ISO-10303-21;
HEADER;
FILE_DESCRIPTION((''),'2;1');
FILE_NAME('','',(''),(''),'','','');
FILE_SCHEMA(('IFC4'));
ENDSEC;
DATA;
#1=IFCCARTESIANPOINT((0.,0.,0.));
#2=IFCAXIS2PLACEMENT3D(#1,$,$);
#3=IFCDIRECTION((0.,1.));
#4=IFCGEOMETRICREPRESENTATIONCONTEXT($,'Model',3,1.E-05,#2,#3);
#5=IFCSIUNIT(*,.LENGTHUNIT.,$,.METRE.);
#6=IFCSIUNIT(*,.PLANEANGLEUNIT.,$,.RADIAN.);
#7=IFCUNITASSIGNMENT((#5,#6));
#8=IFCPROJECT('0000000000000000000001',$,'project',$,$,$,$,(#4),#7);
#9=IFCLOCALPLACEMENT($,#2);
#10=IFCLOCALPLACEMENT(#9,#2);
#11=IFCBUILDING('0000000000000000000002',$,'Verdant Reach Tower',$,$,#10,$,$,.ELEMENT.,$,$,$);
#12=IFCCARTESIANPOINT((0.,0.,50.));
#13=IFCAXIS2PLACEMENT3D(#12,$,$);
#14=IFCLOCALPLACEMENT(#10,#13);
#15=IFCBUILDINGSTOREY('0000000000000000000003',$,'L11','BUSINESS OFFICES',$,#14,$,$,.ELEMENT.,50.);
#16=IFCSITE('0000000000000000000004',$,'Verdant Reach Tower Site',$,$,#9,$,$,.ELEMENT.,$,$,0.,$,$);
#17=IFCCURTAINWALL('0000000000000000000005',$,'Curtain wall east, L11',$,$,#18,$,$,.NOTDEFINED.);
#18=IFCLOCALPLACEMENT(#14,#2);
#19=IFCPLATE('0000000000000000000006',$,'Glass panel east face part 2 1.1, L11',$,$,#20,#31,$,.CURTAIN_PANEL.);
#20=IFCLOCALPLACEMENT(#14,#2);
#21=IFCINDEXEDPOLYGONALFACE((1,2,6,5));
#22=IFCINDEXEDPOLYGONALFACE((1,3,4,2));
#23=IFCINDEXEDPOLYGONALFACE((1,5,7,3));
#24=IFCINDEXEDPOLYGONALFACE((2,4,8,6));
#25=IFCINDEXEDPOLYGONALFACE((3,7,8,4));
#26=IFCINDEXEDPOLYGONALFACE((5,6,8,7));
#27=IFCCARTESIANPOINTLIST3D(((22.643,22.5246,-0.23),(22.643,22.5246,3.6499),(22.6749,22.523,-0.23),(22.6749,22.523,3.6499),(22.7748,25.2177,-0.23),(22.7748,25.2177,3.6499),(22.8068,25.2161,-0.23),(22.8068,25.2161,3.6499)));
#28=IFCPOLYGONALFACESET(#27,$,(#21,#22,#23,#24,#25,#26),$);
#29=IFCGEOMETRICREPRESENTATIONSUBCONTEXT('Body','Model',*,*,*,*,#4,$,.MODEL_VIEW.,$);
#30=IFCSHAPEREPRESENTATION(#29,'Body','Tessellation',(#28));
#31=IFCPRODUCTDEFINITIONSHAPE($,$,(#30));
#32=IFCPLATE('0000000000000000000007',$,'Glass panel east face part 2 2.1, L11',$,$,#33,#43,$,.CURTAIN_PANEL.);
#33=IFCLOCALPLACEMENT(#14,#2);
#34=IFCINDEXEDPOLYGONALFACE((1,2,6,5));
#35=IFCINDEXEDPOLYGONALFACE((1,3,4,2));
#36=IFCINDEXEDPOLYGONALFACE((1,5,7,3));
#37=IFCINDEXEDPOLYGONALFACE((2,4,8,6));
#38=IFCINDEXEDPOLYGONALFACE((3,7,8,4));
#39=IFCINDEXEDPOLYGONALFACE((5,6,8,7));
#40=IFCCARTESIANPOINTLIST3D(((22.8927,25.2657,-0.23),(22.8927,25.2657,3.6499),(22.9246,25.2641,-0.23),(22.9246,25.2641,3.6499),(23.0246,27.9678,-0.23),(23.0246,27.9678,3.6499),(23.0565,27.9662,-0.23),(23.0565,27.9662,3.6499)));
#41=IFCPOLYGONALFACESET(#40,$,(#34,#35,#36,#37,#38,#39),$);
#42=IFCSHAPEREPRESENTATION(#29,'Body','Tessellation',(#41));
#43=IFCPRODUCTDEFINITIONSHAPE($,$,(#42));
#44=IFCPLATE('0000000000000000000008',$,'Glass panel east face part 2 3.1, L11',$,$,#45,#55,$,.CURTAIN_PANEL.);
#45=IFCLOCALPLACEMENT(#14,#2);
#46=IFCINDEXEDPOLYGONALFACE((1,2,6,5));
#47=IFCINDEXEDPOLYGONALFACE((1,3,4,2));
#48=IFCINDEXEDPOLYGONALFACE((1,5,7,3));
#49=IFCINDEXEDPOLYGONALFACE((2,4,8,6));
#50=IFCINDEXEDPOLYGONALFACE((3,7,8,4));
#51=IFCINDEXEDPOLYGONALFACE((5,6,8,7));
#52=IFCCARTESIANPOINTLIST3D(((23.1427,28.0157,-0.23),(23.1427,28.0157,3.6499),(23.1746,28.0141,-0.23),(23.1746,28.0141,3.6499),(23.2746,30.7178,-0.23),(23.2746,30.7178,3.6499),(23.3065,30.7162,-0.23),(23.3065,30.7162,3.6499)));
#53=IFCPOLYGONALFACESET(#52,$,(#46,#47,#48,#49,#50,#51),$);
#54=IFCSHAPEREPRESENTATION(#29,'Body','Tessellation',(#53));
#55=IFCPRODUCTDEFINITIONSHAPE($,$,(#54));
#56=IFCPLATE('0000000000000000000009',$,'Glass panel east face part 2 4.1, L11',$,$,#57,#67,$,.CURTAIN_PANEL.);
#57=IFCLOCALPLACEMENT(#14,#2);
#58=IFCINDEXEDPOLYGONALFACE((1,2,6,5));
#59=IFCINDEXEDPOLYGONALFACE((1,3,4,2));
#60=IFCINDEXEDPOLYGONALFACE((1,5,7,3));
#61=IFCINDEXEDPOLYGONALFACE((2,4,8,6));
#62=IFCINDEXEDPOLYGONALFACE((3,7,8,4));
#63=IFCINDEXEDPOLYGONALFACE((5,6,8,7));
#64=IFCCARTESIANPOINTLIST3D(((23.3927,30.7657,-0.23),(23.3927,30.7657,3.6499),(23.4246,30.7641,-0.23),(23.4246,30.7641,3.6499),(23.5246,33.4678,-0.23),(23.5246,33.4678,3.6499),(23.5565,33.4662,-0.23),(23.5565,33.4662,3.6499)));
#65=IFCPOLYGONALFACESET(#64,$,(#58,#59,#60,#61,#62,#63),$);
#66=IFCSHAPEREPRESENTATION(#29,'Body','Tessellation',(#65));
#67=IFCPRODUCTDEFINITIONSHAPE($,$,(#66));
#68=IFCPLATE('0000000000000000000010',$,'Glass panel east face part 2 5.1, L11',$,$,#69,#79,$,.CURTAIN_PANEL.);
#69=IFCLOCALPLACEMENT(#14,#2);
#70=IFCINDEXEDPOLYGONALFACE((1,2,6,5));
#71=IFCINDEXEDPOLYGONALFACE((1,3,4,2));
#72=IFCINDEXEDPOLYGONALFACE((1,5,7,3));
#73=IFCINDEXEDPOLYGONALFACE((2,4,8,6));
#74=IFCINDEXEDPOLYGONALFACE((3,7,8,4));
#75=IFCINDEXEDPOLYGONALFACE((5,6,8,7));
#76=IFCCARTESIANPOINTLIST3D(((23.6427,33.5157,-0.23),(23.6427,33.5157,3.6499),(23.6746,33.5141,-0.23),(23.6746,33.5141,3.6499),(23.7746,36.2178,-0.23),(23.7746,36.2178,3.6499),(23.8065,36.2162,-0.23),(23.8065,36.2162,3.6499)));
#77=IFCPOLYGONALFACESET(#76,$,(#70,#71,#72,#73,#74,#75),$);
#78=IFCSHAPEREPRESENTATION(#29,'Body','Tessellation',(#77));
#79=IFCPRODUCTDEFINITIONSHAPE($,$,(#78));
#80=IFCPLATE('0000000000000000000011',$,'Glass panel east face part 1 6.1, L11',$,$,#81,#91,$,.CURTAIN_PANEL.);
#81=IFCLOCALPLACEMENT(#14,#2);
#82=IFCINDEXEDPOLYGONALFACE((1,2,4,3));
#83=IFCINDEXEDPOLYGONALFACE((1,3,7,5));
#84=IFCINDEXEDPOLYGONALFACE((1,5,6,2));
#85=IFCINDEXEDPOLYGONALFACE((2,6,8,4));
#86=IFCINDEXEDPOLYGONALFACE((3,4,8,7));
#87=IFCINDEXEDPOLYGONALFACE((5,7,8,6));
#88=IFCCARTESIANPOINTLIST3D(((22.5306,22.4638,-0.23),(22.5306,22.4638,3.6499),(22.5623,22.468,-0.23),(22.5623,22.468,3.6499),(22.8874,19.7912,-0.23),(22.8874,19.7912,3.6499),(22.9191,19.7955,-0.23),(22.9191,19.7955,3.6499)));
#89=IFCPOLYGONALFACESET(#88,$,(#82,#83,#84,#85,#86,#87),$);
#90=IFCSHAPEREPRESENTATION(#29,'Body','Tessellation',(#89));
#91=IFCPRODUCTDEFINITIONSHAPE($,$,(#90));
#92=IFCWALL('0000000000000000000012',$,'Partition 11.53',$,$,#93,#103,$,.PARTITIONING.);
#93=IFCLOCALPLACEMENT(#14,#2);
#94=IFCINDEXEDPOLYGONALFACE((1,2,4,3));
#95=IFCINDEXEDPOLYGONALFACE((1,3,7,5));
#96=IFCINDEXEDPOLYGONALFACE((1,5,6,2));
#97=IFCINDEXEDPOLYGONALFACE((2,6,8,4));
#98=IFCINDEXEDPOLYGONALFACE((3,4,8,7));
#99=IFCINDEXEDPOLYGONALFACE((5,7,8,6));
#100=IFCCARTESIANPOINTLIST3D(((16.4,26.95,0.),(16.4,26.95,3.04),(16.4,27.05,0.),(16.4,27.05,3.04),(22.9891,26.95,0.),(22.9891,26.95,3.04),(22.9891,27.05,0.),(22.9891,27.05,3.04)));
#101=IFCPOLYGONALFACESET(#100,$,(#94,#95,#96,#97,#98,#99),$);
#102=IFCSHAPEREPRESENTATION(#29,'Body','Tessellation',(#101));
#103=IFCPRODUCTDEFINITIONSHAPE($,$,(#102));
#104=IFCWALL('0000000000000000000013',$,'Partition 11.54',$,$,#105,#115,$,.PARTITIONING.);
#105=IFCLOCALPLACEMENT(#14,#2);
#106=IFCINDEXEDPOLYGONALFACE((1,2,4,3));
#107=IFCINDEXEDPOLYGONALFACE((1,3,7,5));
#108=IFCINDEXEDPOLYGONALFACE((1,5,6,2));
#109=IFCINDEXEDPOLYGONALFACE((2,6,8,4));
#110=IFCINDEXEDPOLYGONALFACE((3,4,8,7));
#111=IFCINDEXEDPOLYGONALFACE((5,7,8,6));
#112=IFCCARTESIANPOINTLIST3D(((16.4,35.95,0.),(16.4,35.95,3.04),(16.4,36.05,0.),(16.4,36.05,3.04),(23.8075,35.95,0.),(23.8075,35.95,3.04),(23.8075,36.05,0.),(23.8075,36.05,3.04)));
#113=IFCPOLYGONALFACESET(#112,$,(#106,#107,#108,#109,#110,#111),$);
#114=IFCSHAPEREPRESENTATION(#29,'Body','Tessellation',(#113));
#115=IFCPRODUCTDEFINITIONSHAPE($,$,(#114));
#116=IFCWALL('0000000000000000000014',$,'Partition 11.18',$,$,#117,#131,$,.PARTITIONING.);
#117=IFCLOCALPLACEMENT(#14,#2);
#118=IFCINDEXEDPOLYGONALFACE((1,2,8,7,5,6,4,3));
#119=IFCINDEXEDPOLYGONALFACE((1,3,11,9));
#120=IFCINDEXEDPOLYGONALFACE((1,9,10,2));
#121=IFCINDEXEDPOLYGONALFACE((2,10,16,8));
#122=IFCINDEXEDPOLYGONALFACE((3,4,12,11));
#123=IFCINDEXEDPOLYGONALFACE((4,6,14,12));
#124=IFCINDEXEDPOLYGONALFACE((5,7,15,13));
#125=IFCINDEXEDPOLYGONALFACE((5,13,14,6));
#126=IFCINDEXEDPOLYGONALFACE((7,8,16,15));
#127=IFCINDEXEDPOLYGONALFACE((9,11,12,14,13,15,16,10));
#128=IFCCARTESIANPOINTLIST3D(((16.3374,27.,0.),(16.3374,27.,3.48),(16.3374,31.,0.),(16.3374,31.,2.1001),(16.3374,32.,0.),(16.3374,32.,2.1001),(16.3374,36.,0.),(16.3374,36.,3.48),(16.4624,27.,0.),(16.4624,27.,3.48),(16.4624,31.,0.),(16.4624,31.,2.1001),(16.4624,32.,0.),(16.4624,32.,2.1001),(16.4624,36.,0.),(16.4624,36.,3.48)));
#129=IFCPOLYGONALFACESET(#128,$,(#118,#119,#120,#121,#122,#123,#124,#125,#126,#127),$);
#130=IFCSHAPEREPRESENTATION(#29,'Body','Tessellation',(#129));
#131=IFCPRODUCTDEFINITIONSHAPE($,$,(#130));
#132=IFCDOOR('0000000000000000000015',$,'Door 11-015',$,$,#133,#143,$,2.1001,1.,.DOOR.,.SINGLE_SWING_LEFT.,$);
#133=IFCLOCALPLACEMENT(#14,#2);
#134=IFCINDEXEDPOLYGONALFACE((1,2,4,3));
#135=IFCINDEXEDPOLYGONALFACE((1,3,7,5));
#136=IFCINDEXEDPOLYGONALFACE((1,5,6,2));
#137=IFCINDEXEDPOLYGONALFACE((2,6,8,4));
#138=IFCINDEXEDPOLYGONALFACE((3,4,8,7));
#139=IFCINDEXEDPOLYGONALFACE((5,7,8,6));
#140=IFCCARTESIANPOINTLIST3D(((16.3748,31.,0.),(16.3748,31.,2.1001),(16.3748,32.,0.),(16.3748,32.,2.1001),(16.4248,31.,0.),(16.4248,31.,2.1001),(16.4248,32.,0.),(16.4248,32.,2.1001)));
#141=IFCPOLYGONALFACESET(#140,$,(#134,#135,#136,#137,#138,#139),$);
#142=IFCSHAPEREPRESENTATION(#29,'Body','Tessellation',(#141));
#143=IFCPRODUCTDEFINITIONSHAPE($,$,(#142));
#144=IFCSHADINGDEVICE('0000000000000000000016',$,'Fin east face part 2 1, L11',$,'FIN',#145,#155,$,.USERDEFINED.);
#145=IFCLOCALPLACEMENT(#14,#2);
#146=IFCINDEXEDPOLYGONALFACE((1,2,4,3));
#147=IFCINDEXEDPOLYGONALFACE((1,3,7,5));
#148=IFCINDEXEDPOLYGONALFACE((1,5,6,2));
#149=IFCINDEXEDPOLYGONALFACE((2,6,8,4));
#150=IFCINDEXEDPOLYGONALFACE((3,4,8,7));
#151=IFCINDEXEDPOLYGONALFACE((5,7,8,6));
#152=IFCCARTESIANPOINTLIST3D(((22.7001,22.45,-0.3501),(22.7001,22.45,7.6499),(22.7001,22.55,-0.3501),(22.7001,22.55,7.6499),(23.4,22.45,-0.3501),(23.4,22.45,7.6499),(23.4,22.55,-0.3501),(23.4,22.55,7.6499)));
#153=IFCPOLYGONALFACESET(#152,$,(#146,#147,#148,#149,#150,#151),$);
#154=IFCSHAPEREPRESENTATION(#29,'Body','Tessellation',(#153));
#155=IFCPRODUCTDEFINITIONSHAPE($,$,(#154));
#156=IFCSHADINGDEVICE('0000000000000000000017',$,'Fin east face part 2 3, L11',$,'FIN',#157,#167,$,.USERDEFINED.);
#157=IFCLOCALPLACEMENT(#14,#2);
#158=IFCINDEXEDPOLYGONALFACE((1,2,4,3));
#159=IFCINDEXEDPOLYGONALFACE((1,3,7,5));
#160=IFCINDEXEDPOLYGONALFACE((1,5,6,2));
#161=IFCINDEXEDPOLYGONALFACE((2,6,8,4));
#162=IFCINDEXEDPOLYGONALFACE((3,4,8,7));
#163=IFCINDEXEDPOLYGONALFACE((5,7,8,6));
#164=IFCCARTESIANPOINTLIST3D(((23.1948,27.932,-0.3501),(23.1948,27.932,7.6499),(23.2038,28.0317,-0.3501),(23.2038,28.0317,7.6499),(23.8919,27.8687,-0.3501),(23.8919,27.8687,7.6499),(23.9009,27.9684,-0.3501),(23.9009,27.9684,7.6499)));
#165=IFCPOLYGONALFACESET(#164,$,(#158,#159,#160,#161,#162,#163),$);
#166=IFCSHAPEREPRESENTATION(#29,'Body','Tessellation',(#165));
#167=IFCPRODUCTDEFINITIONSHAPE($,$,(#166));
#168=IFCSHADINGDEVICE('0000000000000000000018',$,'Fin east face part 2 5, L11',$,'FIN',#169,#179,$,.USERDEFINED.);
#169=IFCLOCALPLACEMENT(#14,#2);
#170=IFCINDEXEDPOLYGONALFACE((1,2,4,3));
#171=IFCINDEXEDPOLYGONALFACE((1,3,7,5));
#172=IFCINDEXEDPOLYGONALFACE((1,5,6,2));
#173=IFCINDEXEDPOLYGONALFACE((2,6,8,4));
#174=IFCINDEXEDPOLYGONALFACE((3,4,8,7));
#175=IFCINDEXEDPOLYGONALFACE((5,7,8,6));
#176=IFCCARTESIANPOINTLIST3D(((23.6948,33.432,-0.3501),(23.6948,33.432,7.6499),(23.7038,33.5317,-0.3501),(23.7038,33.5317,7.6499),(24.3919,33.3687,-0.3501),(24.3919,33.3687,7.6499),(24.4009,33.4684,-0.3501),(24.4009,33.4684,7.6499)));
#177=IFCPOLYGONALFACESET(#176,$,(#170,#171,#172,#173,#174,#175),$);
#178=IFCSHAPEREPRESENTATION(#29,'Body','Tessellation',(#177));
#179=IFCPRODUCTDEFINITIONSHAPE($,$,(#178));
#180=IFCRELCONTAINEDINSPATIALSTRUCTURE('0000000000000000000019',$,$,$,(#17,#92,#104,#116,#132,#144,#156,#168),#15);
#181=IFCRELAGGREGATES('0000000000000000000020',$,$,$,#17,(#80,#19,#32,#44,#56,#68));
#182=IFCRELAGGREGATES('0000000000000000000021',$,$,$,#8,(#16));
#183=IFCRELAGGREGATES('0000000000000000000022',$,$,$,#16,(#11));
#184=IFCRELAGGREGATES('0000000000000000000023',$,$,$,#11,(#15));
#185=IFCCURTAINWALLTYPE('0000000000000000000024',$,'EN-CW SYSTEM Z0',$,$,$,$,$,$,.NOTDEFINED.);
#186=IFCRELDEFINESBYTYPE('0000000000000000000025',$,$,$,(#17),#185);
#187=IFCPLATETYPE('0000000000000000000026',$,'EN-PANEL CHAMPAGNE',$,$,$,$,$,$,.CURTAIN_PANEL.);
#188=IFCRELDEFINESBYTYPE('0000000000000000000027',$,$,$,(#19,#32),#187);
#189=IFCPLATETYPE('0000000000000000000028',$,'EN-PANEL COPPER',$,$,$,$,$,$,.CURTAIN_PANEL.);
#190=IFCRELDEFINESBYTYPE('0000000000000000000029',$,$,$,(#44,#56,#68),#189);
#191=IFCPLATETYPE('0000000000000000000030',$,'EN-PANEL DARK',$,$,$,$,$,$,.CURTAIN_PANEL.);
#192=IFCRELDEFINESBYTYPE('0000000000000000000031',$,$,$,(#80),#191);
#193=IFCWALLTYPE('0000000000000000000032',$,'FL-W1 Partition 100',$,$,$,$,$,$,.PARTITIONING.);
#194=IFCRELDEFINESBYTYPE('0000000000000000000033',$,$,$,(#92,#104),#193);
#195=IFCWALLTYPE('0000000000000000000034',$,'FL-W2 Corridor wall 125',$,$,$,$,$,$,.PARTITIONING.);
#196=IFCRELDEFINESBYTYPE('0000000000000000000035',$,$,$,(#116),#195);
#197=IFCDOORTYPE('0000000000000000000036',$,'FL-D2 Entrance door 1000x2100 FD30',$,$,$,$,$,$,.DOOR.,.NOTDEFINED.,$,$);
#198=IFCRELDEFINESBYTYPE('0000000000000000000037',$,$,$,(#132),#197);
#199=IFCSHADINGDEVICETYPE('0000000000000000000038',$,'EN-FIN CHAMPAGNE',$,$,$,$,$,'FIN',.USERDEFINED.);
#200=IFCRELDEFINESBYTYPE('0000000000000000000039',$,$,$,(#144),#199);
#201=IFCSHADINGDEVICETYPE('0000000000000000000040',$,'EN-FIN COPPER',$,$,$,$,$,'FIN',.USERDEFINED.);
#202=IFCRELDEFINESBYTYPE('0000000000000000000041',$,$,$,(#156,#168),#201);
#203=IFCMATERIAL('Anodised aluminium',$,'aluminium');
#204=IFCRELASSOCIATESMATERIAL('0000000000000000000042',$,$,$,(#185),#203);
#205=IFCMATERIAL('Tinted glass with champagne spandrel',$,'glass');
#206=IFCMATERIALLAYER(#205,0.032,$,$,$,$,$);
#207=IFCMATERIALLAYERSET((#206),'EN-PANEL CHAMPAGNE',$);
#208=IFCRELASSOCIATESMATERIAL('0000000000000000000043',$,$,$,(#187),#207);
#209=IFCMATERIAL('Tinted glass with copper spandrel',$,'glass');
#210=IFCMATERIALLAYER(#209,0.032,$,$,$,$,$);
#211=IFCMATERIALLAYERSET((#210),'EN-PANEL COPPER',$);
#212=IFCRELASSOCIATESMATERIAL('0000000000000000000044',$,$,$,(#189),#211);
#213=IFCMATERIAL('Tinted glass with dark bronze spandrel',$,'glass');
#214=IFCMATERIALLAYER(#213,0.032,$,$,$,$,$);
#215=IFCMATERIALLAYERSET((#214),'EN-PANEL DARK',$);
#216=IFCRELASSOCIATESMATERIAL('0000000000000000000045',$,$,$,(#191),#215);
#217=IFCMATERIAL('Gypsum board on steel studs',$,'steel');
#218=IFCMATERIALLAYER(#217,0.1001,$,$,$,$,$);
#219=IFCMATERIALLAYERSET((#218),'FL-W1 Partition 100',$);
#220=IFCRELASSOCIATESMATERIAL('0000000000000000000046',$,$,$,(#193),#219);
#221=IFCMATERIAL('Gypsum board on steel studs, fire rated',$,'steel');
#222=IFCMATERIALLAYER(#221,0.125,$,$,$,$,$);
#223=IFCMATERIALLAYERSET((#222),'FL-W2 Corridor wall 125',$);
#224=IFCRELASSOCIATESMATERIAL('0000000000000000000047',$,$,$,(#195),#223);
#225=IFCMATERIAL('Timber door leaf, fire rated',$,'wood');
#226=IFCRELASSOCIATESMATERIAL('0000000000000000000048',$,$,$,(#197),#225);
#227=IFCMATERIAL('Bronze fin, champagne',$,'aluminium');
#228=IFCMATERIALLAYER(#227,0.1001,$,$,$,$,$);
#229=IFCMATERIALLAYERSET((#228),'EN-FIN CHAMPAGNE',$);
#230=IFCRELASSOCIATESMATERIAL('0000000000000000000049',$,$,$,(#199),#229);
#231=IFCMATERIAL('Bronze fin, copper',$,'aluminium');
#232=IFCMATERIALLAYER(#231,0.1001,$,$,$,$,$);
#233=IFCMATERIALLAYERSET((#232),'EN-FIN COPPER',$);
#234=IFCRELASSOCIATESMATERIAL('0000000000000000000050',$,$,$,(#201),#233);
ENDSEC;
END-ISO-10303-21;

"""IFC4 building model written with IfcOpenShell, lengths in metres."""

from ifc_helpers import new_model, si_unit, direction, frame, frame_2d, origin, origin_2d, place, context, subcontext, project, spatial, rectangle, extrude, material, layer, layer_set, type_object, element, fill, aggregate, save


model = new_model("IFC4")

# Units and contexts
model_context = context("Model", 3, precision=1e-05, world=origin(), true_north=direction((0.0, 1.0)))
body_context = subcontext(model_context, "Body", "Model", "MODEL_VIEW")
ifc_project = project(units=[si_unit("LENGTHUNIT", "METRE"), si_unit("PLANEANGLEUNIT", "RADIAN")], contexts=[model_context])

# Site, building, storey
site_placement = place(None, origin())
site = spatial("IfcSite", under=ifc_project, at=site_placement, Name="Verdant Reach Tower Site", CompositionType="ELEMENT", RefElevation=0.0)
building_placement = place(site_placement, origin())
building = spatial("IfcBuilding", under=site, at=building_placement, Name="Verdant Reach Tower", CompositionType="ELEMENT")
storey_placement = place(building_placement, frame((0.0, 0.0, 50.0)))
storey = spatial("IfcBuildingStorey", under=building, at=storey_placement, Name="L11", Description="BUSINESS OFFICES", CompositionType="ELEMENT", Elevation=50.0)

# Curtain wall
ifc_material_1 = material(Name="Anodised aluminium", Category="aluminium")
curtain_wall_type = type_object("IfcCurtainWallType", Name="EN-CW SYSTEM Z0", PredefinedType="NOTDEFINED", material=ifc_material_1)
curtain_wall_placement = place(storey_placement, origin())
curtain_wall = element("IfcCurtainWall", 1, at=curtain_wall_placement, inside=storey, type_object=curtain_wall_type, Name="Curtain wall east, L11", PredefinedType="NOTDEFINED")

# Plates
ifc_material_2 = material(Name="Tinted glass with champagne spandrel", Category="glass")
ifc_layer_1 = layer(ifc_material_2, 0.032)
ifc_layer_set_1 = layer_set([ifc_layer_1], Name="EN-PANEL CHAMPAGNE")
plate_type_1 = type_object("IfcPlateType", Name="EN-PANEL CHAMPAGNE", PredefinedType="CURTAIN_PANEL", material=ifc_layer_set_1)
plate_1_placement = place(storey_placement, frame((22.7249, 23.8704, -0.23), z_axis=(0.0, 0.0, 1.0), x_axis=(0.048902, 0.998804, 0.0)))
plate_1 = element("IfcPlate", 2, at=plate_1_placement, type_object=plate_type_1, Name="Glass panel east face part 2 1.1, L11", PredefinedType="CURTAIN_PANEL", context=body_context, shape_type="SweptSolid", body=[
    extrude(rectangle(XDim=2.6963, YDim=0.032, at=origin_2d()), origin(), (0.0, 0.0, 1.0), 3.8799),
])
plate_2_placement = place(storey_placement, frame((22.9746, 26.616, -0.23), z_axis=(0.0, 0.0, 1.0), x_axis=(0.048753, 0.998811, 0.0)))
plate_2 = element("IfcPlate", 3, at=plate_2_placement, type_object=plate_type_1, Name="Glass panel east face part 2 2.1, L11", PredefinedType="CURTAIN_PANEL", context=body_context, shape_type="SweptSolid", body=[
    extrude(rectangle(XDim=2.7053, YDim=0.032, at=origin_2d()), origin(), (0.0, 0.0, 1.0), 3.8799),
])
ifc_material_3 = material(Name="Tinted glass with copper spandrel", Category="glass")
ifc_layer_2 = layer(ifc_material_3, 0.032)
ifc_layer_set_2 = layer_set([ifc_layer_2], Name="EN-PANEL COPPER")
plate_type_2 = type_object("IfcPlateType", Name="EN-PANEL COPPER", PredefinedType="CURTAIN_PANEL", material=ifc_layer_set_2)
plate_3_placement = place(storey_placement, frame((23.2246, 29.366, -0.23), z_axis=(0.0, 0.0, 1.0), x_axis=(0.048753, 0.998811, 0.0)))
plate_3 = element("IfcPlate", 4, at=plate_3_placement, type_object=plate_type_2, Name="Glass panel east face part 2 3.1, L11", PredefinedType="CURTAIN_PANEL", context=body_context, shape_type="SweptSolid", body=[
    extrude(rectangle(XDim=2.7053, YDim=0.032, at=origin_2d()), origin(), (0.0, 0.0, 1.0), 3.8799),
])
plate_4_placement = place(storey_placement, frame((23.4746, 32.116, -0.23), z_axis=(0.0, 0.0, 1.0), x_axis=(0.048753, 0.998811, 0.0)))
plate_4 = element("IfcPlate", 5, at=plate_4_placement, type_object=plate_type_2, Name="Glass panel east face part 2 4.1, L11", PredefinedType="CURTAIN_PANEL", context=body_context, shape_type="SweptSolid", body=[
    extrude(rectangle(XDim=2.7053, YDim=0.032, at=origin_2d()), origin(), (0.0, 0.0, 1.0), 3.8799),
])
plate_5_placement = place(storey_placement, frame((23.7246, 34.866, -0.23), z_axis=(0.0, 0.0, 1.0), x_axis=(0.048753, 0.998811, 0.0)))
plate_5 = element("IfcPlate", 6, at=plate_5_placement, type_object=plate_type_2, Name="Glass panel east face part 2 5.1, L11", PredefinedType="CURTAIN_PANEL", context=body_context, shape_type="SweptSolid", body=[
    extrude(rectangle(XDim=2.7053, YDim=0.032, at=origin_2d()), origin(), (0.0, 0.0, 1.0), 3.8799),
])
ifc_material_4 = material(Name="Tinted glass with dark bronze spandrel", Category="glass")
ifc_layer_3 = layer(ifc_material_4, 0.032)
ifc_layer_set_3 = layer_set([ifc_layer_3], Name="EN-PANEL DARK")
plate_type_3 = type_object("IfcPlateType", Name="EN-PANEL DARK", PredefinedType="CURTAIN_PANEL", material=ifc_layer_set_3)
plate_6_placement = place(storey_placement, frame((22.7249, 21.1296, -0.23), z_axis=(0.0, 0.0, 1.0), x_axis=(-0.132308, 0.991209, 0.0)))
plate_6 = element("IfcPlate", 7, at=plate_6_placement, type_object=plate_type_3, Name="Glass panel east face part 1 6.1, L11", PredefinedType="CURTAIN_PANEL", context=body_context, shape_type="SweptSolid", body=[
    extrude(rectangle(XDim=2.6963, YDim=0.032, at=origin_2d()), origin(), (0.0, 0.0, 1.0), 3.8799),
])
aggregate(curtain_wall, [plate_6, plate_1, plate_2, plate_3, plate_4, plate_5])

# Walls
ifc_material_5 = material(Name="Gypsum board on steel studs", Category="steel")
ifc_layer_4 = layer(ifc_material_5, 0.1001)
ifc_layer_set_4 = layer_set([ifc_layer_4], Name="FL-W1 Partition 100")
wall_type_1 = type_object("IfcWallType", Name="FL-W1 Partition 100", PredefinedType="PARTITIONING", material=ifc_layer_set_4)
wall_1_placement = place(storey_placement, frame((22.989, 27.0, 0.0), z_axis=(0.0, 0.0, 1.0), x_axis=(-1.0, 0.0, 0.0)))
element("IfcWall", 8, at=wall_1_placement, inside=storey, type_object=wall_type_1, Name="Partition 11.53", PredefinedType="PARTITIONING", context=body_context, shape_type="SweptSolid", body=[
    extrude(rectangle(XDim=6.5891, YDim=0.1001, at=frame_2d((3.2944, 0.0))), origin(), (0.0, 0.0, 1.0), 3.04),
])
wall_2_placement = place(storey_placement, frame((23.8074, 36.0, 0.0), z_axis=(0.0, 0.0, 1.0), x_axis=(-1.0, 0.0, 0.0)))
element("IfcWall", 9, at=wall_2_placement, inside=storey, type_object=wall_type_1, Name="Partition 11.54", PredefinedType="PARTITIONING", context=body_context, shape_type="SweptSolid", body=[
    extrude(rectangle(XDim=7.4075, YDim=0.1001, at=frame_2d((3.7036, 0.0))), origin(), (0.0, 0.0, 1.0), 3.04),
])

# Wall, opening, door
ifc_material_6 = material(Name="Gypsum board on steel studs, fire rated", Category="steel")
ifc_layer_5 = layer(ifc_material_6, 0.125)
ifc_layer_set_5 = layer_set([ifc_layer_5], Name="FL-W2 Corridor wall 125")
wall_type_2 = type_object("IfcWallType", Name="FL-W2 Corridor wall 125", PredefinedType="PARTITIONING", material=ifc_layer_set_5)
wall_3_placement = place(storey_placement, frame((16.3999, 36.0, 0.0), z_axis=(0.0, 0.0, 1.0), x_axis=(0.0, -1.0, 0.0)))
wall_3 = element("IfcWall", 10, at=wall_3_placement, inside=storey, type_object=wall_type_2, Name="Partition 11.18", PredefinedType="PARTITIONING", context=body_context, shape_type="SweptSolid", body=[
    extrude(rectangle(XDim=9.0, YDim=0.125, at=frame_2d((4.5, 0.0))), origin(), (0.0, 0.0, 1.0), 3.48),
])
opening_placement = place(wall_3_placement, frame((4.0, 0.0, 0.0)))
opening = element("IfcOpeningElement", 11, at=opening_placement, cuts=wall_3, PredefinedType="OPENING", context=body_context, shape_type="SweptSolid", body=[
    extrude(rectangle(XDim=1.0, YDim=2.1001, at=frame_2d((0.5, 1.05))), frame((0.0, 0.0725, 0.0), z_axis=(0.0, -1.0, 0.0), x_axis=(1.0, 0.0, 0.0)), (0.0, 0.0, 1.0), 0.145),
])
ifc_material_7 = material(Name="Timber door leaf, fire rated", Category="wood")
door_type = type_object("IfcDoorType", Name="FL-D2 Entrance door 1000x2100 FD30", OperationType="NOTDEFINED", PredefinedType="DOOR", material=ifc_material_7)
door_placement = place(opening_placement, origin())
door = element("IfcDoor", 12, at=door_placement, inside=storey, type_object=door_type, Name="Door 11-015", OperationType="SINGLE_SWING_LEFT", OverallHeight=2.1001, OverallWidth=1.0, PredefinedType="DOOR", context=body_context, shape_type="SweptSolid", body=[
    extrude(rectangle(XDim=1.0, YDim=2.1001, at=frame_2d((0.5, 1.05))), frame((0.0, 0.0249, 0.0), z_axis=(0.0, -1.0, 0.0), x_axis=(1.0, 0.0, 0.0)), (0.0, 0.0, 1.0), 0.05),
])
fill(opening, door)

# Shading devices
ifc_material_8 = material(Name="Bronze fin, champagne", Category="aluminium")
ifc_layer_6 = layer(ifc_material_8, 0.1001)
ifc_layer_set_6 = layer_set([ifc_layer_6], Name="EN-FIN CHAMPAGNE")
shading_device_type_1 = type_object("IfcShadingDeviceType", Name="EN-FIN CHAMPAGNE", ElementType="FIN", PredefinedType="USERDEFINED", material=ifc_layer_set_6)
shading_device_placement = place(storey_placement, frame((23.05, 22.5, -0.3501), z_axis=(0.0, 0.0, 1.0), x_axis=(0.0, 1.0, 0.0)))
element("IfcShadingDevice", 13, at=shading_device_placement, inside=storey, type_object=shading_device_type_1, Name="Fin east face part 2 1, L11", ObjectType="FIN", PredefinedType="USERDEFINED", context=body_context, shape_type="SweptSolid", body=[
    extrude(rectangle(XDim=0.1001, YDim=0.7, at=origin_2d()), origin(), (0.0, 0.0, 1.0), 8.0),
])
ifc_material_9 = material(Name="Bronze fin, copper", Category="aluminium")
ifc_layer_7 = layer(ifc_material_9, 0.1001)
ifc_layer_set_7 = layer_set([ifc_layer_7], Name="EN-FIN COPPER")
shading_device_type_2 = type_object("IfcShadingDeviceType", Name="EN-FIN COPPER", ElementType="FIN", PredefinedType="USERDEFINED", material=ifc_layer_set_7)
for number, where, z_axis, x_axis, name in (
    (14, (23.5479, 27.9502, -0.3501), (0.0, 0.0, 1.0), (0.090536, 0.995893, 0.0), "Fin east face part 2 3, L11"),
    (15, (24.0479, 33.4502, -0.3501), (0.0, 0.0, 1.0), (0.090536, 0.995893, 0.0), "Fin east face part 2 5, L11"),
):
    element("IfcShadingDevice", number, at=place(storey_placement, frame(where, z_axis=z_axis, x_axis=x_axis)), inside=storey, type_object=shading_device_type_2, Name=name, ObjectType="FIN", PredefinedType="USERDEFINED", context=body_context, shape_type="SweptSolid", body=[
        extrude(rectangle(XDim=0.1001, YDim=0.7, at=origin_2d()), origin(), (0.0, 0.0, 1.0), 8.0),
    ])

save(model, "model.ifc")
